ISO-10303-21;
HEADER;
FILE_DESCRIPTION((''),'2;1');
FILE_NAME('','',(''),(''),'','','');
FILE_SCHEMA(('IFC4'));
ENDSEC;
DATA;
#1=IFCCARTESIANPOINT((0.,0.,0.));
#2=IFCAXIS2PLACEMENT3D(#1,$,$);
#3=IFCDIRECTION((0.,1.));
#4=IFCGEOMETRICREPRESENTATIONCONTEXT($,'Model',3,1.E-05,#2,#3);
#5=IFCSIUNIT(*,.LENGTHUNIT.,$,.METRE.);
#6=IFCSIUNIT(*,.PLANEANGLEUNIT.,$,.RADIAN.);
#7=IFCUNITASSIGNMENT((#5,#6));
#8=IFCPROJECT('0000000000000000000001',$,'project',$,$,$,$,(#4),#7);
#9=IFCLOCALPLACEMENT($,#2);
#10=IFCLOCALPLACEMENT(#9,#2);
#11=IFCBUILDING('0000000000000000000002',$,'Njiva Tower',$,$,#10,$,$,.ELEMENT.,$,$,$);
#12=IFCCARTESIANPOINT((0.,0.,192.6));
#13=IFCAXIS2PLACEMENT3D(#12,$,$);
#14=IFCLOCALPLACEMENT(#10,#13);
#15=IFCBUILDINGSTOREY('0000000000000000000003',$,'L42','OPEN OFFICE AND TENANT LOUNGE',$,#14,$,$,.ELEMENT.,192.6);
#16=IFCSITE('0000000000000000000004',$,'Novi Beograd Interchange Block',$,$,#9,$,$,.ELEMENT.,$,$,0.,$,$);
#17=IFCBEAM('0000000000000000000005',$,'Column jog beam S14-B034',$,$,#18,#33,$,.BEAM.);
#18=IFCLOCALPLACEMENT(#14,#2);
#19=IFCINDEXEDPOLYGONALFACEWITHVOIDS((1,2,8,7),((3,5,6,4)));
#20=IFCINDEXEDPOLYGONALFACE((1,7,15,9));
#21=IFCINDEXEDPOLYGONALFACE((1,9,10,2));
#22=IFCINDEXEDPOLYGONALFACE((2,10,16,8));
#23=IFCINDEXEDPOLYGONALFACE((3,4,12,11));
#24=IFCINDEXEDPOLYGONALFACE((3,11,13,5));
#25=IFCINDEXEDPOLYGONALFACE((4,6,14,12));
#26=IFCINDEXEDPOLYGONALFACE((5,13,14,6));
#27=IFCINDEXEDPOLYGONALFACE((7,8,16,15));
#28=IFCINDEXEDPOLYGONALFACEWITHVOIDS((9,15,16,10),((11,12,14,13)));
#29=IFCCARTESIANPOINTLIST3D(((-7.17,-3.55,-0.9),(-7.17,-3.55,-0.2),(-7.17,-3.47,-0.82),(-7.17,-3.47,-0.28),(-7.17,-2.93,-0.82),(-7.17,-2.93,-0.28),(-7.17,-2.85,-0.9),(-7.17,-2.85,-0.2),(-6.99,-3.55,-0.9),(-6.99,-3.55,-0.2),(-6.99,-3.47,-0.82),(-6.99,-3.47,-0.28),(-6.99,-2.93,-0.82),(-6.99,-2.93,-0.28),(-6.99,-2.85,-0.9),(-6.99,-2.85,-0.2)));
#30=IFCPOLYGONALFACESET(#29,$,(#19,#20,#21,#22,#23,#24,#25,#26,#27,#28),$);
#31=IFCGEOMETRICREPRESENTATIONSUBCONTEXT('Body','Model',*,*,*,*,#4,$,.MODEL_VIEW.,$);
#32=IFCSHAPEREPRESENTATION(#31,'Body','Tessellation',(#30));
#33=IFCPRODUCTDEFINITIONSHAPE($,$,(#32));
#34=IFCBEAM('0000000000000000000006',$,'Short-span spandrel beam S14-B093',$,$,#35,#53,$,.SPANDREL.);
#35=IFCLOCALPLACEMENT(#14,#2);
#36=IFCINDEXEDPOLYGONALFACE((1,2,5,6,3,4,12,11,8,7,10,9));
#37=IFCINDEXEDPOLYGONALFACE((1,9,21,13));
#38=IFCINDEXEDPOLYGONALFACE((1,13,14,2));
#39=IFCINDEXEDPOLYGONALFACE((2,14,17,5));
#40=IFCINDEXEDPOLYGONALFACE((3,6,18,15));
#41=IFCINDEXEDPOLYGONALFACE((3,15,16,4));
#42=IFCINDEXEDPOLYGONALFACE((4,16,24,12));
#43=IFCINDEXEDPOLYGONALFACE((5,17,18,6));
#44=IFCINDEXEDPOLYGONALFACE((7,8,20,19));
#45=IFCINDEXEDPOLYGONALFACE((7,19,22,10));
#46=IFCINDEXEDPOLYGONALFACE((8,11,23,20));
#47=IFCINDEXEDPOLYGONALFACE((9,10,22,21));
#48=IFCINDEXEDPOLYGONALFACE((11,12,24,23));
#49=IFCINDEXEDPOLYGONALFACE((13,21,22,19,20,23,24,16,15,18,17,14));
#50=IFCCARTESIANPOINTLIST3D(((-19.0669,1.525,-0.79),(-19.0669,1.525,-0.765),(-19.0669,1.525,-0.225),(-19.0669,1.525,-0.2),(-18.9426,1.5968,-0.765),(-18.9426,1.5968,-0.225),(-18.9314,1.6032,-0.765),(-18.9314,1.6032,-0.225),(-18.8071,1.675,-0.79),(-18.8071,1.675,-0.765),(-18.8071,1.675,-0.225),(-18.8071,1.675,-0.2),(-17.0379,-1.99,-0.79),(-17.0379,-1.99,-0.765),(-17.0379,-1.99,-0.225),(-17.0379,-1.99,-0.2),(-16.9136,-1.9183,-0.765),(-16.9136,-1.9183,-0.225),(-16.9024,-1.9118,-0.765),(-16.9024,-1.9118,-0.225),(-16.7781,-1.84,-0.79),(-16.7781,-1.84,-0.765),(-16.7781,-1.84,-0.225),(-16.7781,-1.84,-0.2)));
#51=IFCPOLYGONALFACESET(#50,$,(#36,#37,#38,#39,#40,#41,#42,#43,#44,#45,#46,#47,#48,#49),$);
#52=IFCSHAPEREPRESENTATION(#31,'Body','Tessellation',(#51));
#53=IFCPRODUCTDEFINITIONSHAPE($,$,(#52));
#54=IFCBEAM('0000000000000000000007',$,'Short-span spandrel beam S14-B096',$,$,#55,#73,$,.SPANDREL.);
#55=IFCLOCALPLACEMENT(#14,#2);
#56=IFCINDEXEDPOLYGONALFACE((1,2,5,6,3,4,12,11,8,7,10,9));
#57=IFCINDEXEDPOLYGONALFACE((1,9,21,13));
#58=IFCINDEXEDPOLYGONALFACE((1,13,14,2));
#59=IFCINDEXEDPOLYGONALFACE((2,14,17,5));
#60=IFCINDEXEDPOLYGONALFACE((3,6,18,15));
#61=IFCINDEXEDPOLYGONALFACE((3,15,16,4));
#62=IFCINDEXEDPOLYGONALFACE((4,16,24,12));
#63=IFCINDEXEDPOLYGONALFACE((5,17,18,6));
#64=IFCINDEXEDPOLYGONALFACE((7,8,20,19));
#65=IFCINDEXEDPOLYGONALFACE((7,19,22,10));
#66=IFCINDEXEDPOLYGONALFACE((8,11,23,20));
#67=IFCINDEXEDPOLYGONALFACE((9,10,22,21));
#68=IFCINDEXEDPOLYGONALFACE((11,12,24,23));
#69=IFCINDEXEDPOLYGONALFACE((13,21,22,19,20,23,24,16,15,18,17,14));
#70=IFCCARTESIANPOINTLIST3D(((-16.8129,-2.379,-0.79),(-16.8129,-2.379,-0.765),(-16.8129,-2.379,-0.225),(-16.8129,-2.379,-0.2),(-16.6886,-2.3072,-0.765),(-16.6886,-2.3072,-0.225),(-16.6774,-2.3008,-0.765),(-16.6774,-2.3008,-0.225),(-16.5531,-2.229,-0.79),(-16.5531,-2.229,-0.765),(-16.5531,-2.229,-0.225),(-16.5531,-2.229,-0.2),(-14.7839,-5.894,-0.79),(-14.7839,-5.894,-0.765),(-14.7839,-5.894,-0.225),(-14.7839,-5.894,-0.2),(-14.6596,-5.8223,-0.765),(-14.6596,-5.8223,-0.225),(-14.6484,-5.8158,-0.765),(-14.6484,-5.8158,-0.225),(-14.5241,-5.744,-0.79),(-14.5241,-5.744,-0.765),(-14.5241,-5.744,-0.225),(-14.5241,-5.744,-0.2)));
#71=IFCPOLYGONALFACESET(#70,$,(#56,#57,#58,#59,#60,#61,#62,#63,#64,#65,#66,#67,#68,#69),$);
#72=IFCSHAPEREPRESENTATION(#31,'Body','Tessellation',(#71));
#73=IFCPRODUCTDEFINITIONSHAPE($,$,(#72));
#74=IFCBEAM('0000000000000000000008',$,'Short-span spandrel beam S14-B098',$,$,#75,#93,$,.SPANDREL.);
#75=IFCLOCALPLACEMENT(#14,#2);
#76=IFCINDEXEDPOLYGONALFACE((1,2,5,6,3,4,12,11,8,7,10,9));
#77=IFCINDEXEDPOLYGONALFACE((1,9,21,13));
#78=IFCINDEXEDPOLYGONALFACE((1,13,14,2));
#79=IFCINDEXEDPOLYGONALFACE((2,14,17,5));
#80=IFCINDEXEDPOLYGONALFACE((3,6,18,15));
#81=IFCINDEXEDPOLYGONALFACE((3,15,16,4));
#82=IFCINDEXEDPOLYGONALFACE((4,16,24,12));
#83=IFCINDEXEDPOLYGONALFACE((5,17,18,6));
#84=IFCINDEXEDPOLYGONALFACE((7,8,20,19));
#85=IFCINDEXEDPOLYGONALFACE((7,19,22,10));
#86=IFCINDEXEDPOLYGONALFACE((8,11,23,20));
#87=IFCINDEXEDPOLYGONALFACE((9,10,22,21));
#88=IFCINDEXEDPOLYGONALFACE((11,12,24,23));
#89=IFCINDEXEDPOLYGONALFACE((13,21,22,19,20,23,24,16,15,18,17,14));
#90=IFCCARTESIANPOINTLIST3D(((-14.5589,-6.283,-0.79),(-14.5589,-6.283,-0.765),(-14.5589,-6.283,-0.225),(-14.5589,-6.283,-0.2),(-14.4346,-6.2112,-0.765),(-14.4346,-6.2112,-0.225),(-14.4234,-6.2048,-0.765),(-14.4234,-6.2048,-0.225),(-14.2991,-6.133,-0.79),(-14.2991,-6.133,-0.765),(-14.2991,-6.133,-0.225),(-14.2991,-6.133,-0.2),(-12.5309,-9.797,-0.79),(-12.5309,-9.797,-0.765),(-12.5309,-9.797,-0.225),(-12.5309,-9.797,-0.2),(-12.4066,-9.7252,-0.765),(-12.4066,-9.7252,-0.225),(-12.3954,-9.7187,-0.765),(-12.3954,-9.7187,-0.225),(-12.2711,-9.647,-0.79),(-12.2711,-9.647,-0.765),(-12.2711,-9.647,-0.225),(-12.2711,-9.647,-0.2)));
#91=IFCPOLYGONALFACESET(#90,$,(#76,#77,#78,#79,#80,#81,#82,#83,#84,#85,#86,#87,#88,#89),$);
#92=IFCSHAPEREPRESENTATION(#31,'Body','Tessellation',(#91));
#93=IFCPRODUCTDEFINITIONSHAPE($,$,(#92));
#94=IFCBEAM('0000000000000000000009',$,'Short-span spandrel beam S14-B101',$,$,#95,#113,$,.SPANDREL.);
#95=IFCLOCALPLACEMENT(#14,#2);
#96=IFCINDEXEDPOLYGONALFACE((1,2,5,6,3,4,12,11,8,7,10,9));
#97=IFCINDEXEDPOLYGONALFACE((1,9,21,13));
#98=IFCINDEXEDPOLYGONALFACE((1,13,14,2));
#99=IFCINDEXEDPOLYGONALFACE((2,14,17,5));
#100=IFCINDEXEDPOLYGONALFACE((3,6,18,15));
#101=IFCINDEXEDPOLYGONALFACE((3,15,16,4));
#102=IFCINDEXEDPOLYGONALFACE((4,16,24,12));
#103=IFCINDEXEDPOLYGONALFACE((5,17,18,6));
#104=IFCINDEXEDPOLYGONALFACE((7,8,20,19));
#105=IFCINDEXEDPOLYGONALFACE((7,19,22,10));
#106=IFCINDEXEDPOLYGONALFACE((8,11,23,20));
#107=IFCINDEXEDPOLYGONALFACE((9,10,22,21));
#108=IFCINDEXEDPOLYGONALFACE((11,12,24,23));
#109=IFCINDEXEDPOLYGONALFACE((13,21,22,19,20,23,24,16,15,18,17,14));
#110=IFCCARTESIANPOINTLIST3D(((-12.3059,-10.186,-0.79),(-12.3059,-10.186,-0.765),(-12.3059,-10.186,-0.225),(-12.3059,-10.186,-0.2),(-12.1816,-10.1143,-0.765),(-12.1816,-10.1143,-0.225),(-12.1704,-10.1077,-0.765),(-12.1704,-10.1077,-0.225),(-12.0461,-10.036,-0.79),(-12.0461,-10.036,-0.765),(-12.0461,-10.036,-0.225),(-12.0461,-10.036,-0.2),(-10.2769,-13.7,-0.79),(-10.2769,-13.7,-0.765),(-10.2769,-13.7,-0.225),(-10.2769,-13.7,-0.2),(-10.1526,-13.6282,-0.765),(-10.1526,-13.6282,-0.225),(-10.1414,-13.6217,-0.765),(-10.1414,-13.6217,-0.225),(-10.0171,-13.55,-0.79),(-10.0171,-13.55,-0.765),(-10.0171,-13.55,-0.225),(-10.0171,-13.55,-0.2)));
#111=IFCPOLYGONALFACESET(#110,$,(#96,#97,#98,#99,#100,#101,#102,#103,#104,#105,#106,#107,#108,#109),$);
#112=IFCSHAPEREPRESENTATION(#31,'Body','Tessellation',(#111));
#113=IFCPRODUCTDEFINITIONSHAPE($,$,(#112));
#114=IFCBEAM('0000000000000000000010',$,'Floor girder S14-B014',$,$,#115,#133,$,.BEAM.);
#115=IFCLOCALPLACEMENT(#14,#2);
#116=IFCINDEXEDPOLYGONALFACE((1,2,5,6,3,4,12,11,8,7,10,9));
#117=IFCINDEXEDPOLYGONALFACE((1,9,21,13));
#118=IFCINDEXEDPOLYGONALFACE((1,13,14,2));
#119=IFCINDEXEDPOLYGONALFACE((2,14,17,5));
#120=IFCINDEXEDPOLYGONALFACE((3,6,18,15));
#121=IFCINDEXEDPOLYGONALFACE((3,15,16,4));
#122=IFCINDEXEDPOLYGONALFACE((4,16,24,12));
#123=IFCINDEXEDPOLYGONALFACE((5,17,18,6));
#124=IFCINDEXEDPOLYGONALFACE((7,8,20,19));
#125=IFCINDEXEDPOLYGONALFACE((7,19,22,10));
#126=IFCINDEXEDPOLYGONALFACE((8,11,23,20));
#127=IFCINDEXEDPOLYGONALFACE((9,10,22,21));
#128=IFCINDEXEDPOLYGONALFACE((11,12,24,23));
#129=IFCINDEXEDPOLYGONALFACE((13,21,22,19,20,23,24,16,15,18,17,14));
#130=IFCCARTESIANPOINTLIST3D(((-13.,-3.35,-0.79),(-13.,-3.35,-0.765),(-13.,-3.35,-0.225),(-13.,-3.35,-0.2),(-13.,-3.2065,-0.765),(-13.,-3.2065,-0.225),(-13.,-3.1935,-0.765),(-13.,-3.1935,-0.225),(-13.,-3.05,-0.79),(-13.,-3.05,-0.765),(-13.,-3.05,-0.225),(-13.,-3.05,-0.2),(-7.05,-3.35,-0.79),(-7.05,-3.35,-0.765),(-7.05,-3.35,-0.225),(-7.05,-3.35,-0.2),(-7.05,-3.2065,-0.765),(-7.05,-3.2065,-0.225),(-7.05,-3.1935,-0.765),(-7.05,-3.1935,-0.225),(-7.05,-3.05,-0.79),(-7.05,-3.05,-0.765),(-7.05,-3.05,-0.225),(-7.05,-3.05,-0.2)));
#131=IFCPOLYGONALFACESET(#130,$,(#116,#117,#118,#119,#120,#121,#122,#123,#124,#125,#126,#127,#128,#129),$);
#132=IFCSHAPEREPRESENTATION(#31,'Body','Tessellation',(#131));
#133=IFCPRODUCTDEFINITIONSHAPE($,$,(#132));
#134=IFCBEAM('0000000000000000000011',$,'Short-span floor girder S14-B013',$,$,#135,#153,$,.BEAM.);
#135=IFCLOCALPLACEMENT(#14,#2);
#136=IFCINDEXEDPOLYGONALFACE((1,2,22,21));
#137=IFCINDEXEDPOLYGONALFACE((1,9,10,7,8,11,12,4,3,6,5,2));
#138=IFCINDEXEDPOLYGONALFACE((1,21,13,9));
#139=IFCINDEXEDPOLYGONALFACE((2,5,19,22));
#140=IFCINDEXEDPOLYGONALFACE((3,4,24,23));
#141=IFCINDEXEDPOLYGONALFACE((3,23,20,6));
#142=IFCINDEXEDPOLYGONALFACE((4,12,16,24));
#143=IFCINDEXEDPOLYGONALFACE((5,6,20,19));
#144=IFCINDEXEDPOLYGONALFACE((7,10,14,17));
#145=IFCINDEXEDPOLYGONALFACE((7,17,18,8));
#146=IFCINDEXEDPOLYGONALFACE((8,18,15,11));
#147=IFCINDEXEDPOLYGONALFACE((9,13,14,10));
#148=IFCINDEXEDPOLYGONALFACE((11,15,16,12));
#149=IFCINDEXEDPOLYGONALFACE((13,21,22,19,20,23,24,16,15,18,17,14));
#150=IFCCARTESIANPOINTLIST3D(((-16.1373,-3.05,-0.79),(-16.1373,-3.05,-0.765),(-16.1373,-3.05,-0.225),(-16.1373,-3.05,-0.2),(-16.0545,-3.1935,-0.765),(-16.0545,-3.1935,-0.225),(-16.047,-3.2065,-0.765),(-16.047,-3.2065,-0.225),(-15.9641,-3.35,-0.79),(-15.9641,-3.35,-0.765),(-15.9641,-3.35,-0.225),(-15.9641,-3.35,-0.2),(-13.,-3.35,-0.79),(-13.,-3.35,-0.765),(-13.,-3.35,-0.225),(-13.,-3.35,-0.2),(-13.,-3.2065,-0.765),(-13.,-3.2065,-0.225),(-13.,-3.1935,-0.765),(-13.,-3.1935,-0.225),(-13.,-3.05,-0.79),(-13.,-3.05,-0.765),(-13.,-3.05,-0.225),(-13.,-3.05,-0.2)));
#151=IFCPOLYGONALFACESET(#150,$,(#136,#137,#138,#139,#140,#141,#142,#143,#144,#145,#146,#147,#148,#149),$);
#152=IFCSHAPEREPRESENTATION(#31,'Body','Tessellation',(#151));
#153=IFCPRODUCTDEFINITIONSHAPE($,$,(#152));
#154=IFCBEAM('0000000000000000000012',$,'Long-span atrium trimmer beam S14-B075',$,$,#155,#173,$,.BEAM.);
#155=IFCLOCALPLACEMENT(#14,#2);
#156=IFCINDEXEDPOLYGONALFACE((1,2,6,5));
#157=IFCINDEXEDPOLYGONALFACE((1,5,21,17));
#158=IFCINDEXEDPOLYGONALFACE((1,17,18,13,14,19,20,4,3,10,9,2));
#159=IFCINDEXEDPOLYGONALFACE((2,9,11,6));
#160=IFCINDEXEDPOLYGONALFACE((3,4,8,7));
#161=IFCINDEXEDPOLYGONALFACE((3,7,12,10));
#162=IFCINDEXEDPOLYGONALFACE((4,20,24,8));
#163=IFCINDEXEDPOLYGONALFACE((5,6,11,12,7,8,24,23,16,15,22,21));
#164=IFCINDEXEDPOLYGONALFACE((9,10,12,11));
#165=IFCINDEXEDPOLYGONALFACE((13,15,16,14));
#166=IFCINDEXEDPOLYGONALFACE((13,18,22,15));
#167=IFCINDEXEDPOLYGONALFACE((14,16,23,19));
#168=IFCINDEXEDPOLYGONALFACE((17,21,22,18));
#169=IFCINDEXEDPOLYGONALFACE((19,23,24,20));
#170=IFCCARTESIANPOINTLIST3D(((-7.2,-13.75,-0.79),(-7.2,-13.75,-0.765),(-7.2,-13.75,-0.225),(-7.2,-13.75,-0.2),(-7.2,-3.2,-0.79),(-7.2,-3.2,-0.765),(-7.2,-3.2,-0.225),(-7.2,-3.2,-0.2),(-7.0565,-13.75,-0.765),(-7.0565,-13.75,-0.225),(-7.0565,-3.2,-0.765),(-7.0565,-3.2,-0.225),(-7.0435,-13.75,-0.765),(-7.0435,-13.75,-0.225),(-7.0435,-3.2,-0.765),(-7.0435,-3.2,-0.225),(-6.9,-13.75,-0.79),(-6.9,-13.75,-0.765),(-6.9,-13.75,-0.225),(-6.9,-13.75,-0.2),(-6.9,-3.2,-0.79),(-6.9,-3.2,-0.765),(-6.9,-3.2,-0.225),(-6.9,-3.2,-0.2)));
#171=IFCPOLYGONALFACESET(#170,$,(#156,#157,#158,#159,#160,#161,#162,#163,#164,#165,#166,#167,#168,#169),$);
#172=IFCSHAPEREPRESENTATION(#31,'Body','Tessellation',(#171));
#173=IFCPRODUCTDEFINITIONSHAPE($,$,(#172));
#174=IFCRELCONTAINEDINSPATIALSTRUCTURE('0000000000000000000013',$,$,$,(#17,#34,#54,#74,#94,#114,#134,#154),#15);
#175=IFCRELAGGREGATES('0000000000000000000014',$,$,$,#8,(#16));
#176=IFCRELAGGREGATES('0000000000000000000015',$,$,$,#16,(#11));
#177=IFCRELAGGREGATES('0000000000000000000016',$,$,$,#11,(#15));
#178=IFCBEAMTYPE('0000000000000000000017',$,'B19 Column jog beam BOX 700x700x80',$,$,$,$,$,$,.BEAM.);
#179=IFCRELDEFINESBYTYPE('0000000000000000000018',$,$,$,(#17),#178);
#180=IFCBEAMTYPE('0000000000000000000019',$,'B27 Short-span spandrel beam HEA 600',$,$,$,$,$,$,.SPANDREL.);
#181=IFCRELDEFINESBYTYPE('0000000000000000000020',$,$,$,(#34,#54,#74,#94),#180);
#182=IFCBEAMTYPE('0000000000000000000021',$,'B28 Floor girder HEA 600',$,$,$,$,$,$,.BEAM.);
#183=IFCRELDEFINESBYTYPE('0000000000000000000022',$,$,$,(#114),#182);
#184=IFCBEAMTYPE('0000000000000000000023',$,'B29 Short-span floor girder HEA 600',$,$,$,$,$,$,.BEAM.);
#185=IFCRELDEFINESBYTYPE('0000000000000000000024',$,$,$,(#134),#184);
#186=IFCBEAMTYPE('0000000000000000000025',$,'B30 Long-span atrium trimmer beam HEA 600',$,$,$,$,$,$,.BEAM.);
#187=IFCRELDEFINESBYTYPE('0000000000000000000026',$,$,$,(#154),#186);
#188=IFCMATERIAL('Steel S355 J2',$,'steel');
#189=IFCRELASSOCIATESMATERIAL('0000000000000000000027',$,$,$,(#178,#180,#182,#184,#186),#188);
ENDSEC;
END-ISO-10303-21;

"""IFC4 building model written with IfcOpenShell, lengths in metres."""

from ifc_helpers import new_model, si_unit, direction, frame, origin, origin_2d, place, context, subcontext, project, spatial, hollow_rectangle, i_section, extrude, clip, halfspace, material, material_profile, profile_set, type_object, element, save


model = new_model("IFC4")

# Units and contexts
model_context = context("Model", 3, precision=1e-05, world=origin(), true_north=direction((0.0, 1.0)))
body_context = subcontext(model_context, "Body", "Model", "MODEL_VIEW")
ifc_project = project(units=[si_unit("LENGTHUNIT", "METRE"), si_unit("PLANEANGLEUNIT", "RADIAN")], contexts=[model_context])

# Site, building, storey
site_placement = place(None, origin())
site = spatial("IfcSite", under=ifc_project, at=site_placement, Name="Novi Beograd Interchange Block", CompositionType="ELEMENT", RefElevation=0.0)
building_placement = place(site_placement, origin())
building = spatial("IfcBuilding", under=site, at=building_placement, Name="Njiva Tower", CompositionType="ELEMENT")
storey_placement = place(building_placement, frame((0.0, 0.0, 192.6)))
storey = spatial("IfcBuildingStorey", under=building, at=storey_placement, Name="L42", Description="OPEN OFFICE AND TENANT LOUNGE", CompositionType="ELEMENT", Elevation=192.6)

# Shared definitions
ifc_material_1 = material(Name="Steel S355 J2", Category="steel")

# Beams
ifc_material_profile_1 = material_profile(ifc_material_1, hollow_rectangle(XDim=0.7, YDim=0.7, WallThickness=0.08, at=origin_2d()), Name="BOX 700x700x80")
ifc_profile_set_1 = profile_set([ifc_material_profile_1], Name="Steel S355 J2")
beam_type_1 = type_object("IfcBeamType", Name="B19 Column jog beam BOX 700x700x80", PredefinedType="BEAM", material=ifc_profile_set_1)
beam_1_placement = place(storey_placement, frame((-7.17, -3.2, -0.55), z_axis=(1.0, 0.0, 0.0), x_axis=(0.0, 1.0, 0.0)))
element("IfcBeam", 1, at=beam_1_placement, inside=storey, type_object=beam_type_1, Name="Column jog beam S14-B034", PredefinedType="BEAM", context=body_context, shape_type="SweptSolid", body=[
    extrude(hollow_rectangle(XDim=0.7, YDim=0.7, WallThickness=0.08, at=origin_2d()), origin(), (0.0, 0.0, 1.0), 0.18),
])
ifc_material_profile_2 = material_profile(ifc_material_1, i_section(OverallWidth=0.3, OverallDepth=0.59, WebThickness=0.013, FlangeThickness=0.025, at=origin_2d()), Name="HEA 600")
ifc_profile_set_2 = profile_set([ifc_material_profile_2], Name="Steel S355 J2")
beam_type_2 = type_object("IfcBeamType", Name="B27 Short-span spandrel beam HEA 600", PredefinedType="SPANDREL", material=ifc_profile_set_2)
for number, where, z_axis, x_axis, name in (
    (2, (-18.937, 1.6, -0.495), (0.499929, -0.866067, 0.0), (0.866067, 0.499929, 0.0), "Short-span spandrel beam S14-B093"),
    (3, (-16.683, -2.304, -0.495), (0.499929, -0.866067, 0.0), (0.866067, 0.499929, 0.0), "Short-span spandrel beam S14-B096"),
):
    element("IfcBeam", number, at=place(storey_placement, frame(where, z_axis=z_axis, x_axis=x_axis)), inside=storey, type_object=beam_type_2, Name=name, PredefinedType="SPANDREL", context=body_context, shape_type="SweptSolid", body=[
        extrude(i_section(OverallWidth=0.3, OverallDepth=0.59, WebThickness=0.013, FlangeThickness=0.025, at=origin_2d()), origin(), (0.0, 0.0, 1.0), 4.0586),
    ])
beam_2_placement = place(storey_placement, frame((-14.429, -6.208, -0.495), z_axis=(0.49985, -0.866112, 0.0), x_axis=(0.866112, 0.49985, 0.0)))
element("IfcBeam", 4, at=beam_2_placement, inside=storey, type_object=beam_type_2, Name="Short-span spandrel beam S14-B098", PredefinedType="SPANDREL", context=body_context, shape_type="SweptSolid", body=[
    extrude(i_section(OverallWidth=0.3, OverallDepth=0.59, WebThickness=0.013, FlangeThickness=0.025, at=origin_2d()), origin(), (0.0, 0.0, 1.0), 4.0572),
])
beam_3_placement = place(storey_placement, frame((-12.176, -10.111, -0.495), z_axis=(0.500035, -0.866005, 0.0), x_axis=(0.866005, 0.500035, 0.0)))
element("IfcBeam", 5, at=beam_3_placement, inside=storey, type_object=beam_type_2, Name="Short-span spandrel beam S14-B101", PredefinedType="SPANDREL", context=body_context, shape_type="SweptSolid", body=[
    extrude(i_section(OverallWidth=0.3, OverallDepth=0.59, WebThickness=0.013, FlangeThickness=0.025, at=origin_2d()), origin(), (0.0, 0.0, 1.0), 4.0577),
])
ifc_material_profile_3 = material_profile(ifc_material_1, i_section(OverallWidth=0.3, OverallDepth=0.59, WebThickness=0.013, FlangeThickness=0.025, at=origin_2d()), Name="HEA 600")
ifc_profile_set_3 = profile_set([ifc_material_profile_3], Name="Steel S355 J2")
beam_type_3 = type_object("IfcBeamType", Name="B28 Floor girder HEA 600", PredefinedType="BEAM", material=ifc_profile_set_3)
beam_4_placement = place(storey_placement, frame((-13.0, -3.2, -0.495), z_axis=(1.0, 0.0, 0.0), x_axis=(0.0, 1.0, 0.0)))
element("IfcBeam", 6, at=beam_4_placement, inside=storey, type_object=beam_type_3, Name="Floor girder S14-B014", PredefinedType="BEAM", context=body_context, shape_type="SweptSolid", body=[
    extrude(i_section(OverallWidth=0.3, OverallDepth=0.59, WebThickness=0.013, FlangeThickness=0.025, at=origin_2d()), origin(), (0.0, 0.0, 1.0), 5.95),
])
ifc_material_profile_4 = material_profile(ifc_material_1, i_section(OverallWidth=0.3, OverallDepth=0.59, WebThickness=0.013, FlangeThickness=0.025, at=origin_2d()), Name="HEA 600")
ifc_profile_set_4 = profile_set([ifc_material_profile_4], Name="Steel S355 J2")
beam_type_4 = type_object("IfcBeamType", Name="B29 Short-span floor girder HEA 600", PredefinedType="BEAM", material=ifc_profile_set_4)
beam_5_placement = place(storey_placement, frame((-16.158, -3.2, -0.495), z_axis=(1.0, 0.0, 0.0), x_axis=(0.0, 1.0, 0.0)))
element("IfcBeam", 7, at=beam_5_placement, inside=storey, type_object=beam_type_4, Name="Short-span floor girder S14-B013", PredefinedType="BEAM", context=body_context, shape_type="Clipping", body=[
    clip(extrude(i_section(OverallWidth=0.3, OverallDepth=0.59, WebThickness=0.013, FlangeThickness=0.025, at=origin_2d()), origin(), (0.0, 0.0, 1.0), 3.158), halfspace(frame((-0.025, 0.0, 0.1217), z_axis=(-0.499998, 0.0, -0.866027), x_axis=(0.0, -1.0, 0.0)), False)),
])
ifc_material_profile_5 = material_profile(ifc_material_1, i_section(OverallWidth=0.3, OverallDepth=0.59, WebThickness=0.013, FlangeThickness=0.025, at=origin_2d()), Name="HEA 600")
ifc_profile_set_5 = profile_set([ifc_material_profile_5], Name="Steel S355 J2")
beam_type_5 = type_object("IfcBeamType", Name="B30 Long-span atrium trimmer beam HEA 600", PredefinedType="BEAM", material=ifc_profile_set_5)
beam_6_placement = place(storey_placement, frame((-7.05, -3.2, -0.495), z_axis=(0.0, -1.0, 0.0), x_axis=(1.0, 0.0, 0.0)))
element("IfcBeam", 8, at=beam_6_placement, inside=storey, type_object=beam_type_5, Name="Long-span atrium trimmer beam S14-B075", PredefinedType="BEAM", context=body_context, shape_type="SweptSolid", body=[
    extrude(i_section(OverallWidth=0.3, OverallDepth=0.59, WebThickness=0.013, FlangeThickness=0.025, at=origin_2d()), origin(), (0.0, 0.0, 1.0), 10.55),
])

save(model, "model.ifc")
